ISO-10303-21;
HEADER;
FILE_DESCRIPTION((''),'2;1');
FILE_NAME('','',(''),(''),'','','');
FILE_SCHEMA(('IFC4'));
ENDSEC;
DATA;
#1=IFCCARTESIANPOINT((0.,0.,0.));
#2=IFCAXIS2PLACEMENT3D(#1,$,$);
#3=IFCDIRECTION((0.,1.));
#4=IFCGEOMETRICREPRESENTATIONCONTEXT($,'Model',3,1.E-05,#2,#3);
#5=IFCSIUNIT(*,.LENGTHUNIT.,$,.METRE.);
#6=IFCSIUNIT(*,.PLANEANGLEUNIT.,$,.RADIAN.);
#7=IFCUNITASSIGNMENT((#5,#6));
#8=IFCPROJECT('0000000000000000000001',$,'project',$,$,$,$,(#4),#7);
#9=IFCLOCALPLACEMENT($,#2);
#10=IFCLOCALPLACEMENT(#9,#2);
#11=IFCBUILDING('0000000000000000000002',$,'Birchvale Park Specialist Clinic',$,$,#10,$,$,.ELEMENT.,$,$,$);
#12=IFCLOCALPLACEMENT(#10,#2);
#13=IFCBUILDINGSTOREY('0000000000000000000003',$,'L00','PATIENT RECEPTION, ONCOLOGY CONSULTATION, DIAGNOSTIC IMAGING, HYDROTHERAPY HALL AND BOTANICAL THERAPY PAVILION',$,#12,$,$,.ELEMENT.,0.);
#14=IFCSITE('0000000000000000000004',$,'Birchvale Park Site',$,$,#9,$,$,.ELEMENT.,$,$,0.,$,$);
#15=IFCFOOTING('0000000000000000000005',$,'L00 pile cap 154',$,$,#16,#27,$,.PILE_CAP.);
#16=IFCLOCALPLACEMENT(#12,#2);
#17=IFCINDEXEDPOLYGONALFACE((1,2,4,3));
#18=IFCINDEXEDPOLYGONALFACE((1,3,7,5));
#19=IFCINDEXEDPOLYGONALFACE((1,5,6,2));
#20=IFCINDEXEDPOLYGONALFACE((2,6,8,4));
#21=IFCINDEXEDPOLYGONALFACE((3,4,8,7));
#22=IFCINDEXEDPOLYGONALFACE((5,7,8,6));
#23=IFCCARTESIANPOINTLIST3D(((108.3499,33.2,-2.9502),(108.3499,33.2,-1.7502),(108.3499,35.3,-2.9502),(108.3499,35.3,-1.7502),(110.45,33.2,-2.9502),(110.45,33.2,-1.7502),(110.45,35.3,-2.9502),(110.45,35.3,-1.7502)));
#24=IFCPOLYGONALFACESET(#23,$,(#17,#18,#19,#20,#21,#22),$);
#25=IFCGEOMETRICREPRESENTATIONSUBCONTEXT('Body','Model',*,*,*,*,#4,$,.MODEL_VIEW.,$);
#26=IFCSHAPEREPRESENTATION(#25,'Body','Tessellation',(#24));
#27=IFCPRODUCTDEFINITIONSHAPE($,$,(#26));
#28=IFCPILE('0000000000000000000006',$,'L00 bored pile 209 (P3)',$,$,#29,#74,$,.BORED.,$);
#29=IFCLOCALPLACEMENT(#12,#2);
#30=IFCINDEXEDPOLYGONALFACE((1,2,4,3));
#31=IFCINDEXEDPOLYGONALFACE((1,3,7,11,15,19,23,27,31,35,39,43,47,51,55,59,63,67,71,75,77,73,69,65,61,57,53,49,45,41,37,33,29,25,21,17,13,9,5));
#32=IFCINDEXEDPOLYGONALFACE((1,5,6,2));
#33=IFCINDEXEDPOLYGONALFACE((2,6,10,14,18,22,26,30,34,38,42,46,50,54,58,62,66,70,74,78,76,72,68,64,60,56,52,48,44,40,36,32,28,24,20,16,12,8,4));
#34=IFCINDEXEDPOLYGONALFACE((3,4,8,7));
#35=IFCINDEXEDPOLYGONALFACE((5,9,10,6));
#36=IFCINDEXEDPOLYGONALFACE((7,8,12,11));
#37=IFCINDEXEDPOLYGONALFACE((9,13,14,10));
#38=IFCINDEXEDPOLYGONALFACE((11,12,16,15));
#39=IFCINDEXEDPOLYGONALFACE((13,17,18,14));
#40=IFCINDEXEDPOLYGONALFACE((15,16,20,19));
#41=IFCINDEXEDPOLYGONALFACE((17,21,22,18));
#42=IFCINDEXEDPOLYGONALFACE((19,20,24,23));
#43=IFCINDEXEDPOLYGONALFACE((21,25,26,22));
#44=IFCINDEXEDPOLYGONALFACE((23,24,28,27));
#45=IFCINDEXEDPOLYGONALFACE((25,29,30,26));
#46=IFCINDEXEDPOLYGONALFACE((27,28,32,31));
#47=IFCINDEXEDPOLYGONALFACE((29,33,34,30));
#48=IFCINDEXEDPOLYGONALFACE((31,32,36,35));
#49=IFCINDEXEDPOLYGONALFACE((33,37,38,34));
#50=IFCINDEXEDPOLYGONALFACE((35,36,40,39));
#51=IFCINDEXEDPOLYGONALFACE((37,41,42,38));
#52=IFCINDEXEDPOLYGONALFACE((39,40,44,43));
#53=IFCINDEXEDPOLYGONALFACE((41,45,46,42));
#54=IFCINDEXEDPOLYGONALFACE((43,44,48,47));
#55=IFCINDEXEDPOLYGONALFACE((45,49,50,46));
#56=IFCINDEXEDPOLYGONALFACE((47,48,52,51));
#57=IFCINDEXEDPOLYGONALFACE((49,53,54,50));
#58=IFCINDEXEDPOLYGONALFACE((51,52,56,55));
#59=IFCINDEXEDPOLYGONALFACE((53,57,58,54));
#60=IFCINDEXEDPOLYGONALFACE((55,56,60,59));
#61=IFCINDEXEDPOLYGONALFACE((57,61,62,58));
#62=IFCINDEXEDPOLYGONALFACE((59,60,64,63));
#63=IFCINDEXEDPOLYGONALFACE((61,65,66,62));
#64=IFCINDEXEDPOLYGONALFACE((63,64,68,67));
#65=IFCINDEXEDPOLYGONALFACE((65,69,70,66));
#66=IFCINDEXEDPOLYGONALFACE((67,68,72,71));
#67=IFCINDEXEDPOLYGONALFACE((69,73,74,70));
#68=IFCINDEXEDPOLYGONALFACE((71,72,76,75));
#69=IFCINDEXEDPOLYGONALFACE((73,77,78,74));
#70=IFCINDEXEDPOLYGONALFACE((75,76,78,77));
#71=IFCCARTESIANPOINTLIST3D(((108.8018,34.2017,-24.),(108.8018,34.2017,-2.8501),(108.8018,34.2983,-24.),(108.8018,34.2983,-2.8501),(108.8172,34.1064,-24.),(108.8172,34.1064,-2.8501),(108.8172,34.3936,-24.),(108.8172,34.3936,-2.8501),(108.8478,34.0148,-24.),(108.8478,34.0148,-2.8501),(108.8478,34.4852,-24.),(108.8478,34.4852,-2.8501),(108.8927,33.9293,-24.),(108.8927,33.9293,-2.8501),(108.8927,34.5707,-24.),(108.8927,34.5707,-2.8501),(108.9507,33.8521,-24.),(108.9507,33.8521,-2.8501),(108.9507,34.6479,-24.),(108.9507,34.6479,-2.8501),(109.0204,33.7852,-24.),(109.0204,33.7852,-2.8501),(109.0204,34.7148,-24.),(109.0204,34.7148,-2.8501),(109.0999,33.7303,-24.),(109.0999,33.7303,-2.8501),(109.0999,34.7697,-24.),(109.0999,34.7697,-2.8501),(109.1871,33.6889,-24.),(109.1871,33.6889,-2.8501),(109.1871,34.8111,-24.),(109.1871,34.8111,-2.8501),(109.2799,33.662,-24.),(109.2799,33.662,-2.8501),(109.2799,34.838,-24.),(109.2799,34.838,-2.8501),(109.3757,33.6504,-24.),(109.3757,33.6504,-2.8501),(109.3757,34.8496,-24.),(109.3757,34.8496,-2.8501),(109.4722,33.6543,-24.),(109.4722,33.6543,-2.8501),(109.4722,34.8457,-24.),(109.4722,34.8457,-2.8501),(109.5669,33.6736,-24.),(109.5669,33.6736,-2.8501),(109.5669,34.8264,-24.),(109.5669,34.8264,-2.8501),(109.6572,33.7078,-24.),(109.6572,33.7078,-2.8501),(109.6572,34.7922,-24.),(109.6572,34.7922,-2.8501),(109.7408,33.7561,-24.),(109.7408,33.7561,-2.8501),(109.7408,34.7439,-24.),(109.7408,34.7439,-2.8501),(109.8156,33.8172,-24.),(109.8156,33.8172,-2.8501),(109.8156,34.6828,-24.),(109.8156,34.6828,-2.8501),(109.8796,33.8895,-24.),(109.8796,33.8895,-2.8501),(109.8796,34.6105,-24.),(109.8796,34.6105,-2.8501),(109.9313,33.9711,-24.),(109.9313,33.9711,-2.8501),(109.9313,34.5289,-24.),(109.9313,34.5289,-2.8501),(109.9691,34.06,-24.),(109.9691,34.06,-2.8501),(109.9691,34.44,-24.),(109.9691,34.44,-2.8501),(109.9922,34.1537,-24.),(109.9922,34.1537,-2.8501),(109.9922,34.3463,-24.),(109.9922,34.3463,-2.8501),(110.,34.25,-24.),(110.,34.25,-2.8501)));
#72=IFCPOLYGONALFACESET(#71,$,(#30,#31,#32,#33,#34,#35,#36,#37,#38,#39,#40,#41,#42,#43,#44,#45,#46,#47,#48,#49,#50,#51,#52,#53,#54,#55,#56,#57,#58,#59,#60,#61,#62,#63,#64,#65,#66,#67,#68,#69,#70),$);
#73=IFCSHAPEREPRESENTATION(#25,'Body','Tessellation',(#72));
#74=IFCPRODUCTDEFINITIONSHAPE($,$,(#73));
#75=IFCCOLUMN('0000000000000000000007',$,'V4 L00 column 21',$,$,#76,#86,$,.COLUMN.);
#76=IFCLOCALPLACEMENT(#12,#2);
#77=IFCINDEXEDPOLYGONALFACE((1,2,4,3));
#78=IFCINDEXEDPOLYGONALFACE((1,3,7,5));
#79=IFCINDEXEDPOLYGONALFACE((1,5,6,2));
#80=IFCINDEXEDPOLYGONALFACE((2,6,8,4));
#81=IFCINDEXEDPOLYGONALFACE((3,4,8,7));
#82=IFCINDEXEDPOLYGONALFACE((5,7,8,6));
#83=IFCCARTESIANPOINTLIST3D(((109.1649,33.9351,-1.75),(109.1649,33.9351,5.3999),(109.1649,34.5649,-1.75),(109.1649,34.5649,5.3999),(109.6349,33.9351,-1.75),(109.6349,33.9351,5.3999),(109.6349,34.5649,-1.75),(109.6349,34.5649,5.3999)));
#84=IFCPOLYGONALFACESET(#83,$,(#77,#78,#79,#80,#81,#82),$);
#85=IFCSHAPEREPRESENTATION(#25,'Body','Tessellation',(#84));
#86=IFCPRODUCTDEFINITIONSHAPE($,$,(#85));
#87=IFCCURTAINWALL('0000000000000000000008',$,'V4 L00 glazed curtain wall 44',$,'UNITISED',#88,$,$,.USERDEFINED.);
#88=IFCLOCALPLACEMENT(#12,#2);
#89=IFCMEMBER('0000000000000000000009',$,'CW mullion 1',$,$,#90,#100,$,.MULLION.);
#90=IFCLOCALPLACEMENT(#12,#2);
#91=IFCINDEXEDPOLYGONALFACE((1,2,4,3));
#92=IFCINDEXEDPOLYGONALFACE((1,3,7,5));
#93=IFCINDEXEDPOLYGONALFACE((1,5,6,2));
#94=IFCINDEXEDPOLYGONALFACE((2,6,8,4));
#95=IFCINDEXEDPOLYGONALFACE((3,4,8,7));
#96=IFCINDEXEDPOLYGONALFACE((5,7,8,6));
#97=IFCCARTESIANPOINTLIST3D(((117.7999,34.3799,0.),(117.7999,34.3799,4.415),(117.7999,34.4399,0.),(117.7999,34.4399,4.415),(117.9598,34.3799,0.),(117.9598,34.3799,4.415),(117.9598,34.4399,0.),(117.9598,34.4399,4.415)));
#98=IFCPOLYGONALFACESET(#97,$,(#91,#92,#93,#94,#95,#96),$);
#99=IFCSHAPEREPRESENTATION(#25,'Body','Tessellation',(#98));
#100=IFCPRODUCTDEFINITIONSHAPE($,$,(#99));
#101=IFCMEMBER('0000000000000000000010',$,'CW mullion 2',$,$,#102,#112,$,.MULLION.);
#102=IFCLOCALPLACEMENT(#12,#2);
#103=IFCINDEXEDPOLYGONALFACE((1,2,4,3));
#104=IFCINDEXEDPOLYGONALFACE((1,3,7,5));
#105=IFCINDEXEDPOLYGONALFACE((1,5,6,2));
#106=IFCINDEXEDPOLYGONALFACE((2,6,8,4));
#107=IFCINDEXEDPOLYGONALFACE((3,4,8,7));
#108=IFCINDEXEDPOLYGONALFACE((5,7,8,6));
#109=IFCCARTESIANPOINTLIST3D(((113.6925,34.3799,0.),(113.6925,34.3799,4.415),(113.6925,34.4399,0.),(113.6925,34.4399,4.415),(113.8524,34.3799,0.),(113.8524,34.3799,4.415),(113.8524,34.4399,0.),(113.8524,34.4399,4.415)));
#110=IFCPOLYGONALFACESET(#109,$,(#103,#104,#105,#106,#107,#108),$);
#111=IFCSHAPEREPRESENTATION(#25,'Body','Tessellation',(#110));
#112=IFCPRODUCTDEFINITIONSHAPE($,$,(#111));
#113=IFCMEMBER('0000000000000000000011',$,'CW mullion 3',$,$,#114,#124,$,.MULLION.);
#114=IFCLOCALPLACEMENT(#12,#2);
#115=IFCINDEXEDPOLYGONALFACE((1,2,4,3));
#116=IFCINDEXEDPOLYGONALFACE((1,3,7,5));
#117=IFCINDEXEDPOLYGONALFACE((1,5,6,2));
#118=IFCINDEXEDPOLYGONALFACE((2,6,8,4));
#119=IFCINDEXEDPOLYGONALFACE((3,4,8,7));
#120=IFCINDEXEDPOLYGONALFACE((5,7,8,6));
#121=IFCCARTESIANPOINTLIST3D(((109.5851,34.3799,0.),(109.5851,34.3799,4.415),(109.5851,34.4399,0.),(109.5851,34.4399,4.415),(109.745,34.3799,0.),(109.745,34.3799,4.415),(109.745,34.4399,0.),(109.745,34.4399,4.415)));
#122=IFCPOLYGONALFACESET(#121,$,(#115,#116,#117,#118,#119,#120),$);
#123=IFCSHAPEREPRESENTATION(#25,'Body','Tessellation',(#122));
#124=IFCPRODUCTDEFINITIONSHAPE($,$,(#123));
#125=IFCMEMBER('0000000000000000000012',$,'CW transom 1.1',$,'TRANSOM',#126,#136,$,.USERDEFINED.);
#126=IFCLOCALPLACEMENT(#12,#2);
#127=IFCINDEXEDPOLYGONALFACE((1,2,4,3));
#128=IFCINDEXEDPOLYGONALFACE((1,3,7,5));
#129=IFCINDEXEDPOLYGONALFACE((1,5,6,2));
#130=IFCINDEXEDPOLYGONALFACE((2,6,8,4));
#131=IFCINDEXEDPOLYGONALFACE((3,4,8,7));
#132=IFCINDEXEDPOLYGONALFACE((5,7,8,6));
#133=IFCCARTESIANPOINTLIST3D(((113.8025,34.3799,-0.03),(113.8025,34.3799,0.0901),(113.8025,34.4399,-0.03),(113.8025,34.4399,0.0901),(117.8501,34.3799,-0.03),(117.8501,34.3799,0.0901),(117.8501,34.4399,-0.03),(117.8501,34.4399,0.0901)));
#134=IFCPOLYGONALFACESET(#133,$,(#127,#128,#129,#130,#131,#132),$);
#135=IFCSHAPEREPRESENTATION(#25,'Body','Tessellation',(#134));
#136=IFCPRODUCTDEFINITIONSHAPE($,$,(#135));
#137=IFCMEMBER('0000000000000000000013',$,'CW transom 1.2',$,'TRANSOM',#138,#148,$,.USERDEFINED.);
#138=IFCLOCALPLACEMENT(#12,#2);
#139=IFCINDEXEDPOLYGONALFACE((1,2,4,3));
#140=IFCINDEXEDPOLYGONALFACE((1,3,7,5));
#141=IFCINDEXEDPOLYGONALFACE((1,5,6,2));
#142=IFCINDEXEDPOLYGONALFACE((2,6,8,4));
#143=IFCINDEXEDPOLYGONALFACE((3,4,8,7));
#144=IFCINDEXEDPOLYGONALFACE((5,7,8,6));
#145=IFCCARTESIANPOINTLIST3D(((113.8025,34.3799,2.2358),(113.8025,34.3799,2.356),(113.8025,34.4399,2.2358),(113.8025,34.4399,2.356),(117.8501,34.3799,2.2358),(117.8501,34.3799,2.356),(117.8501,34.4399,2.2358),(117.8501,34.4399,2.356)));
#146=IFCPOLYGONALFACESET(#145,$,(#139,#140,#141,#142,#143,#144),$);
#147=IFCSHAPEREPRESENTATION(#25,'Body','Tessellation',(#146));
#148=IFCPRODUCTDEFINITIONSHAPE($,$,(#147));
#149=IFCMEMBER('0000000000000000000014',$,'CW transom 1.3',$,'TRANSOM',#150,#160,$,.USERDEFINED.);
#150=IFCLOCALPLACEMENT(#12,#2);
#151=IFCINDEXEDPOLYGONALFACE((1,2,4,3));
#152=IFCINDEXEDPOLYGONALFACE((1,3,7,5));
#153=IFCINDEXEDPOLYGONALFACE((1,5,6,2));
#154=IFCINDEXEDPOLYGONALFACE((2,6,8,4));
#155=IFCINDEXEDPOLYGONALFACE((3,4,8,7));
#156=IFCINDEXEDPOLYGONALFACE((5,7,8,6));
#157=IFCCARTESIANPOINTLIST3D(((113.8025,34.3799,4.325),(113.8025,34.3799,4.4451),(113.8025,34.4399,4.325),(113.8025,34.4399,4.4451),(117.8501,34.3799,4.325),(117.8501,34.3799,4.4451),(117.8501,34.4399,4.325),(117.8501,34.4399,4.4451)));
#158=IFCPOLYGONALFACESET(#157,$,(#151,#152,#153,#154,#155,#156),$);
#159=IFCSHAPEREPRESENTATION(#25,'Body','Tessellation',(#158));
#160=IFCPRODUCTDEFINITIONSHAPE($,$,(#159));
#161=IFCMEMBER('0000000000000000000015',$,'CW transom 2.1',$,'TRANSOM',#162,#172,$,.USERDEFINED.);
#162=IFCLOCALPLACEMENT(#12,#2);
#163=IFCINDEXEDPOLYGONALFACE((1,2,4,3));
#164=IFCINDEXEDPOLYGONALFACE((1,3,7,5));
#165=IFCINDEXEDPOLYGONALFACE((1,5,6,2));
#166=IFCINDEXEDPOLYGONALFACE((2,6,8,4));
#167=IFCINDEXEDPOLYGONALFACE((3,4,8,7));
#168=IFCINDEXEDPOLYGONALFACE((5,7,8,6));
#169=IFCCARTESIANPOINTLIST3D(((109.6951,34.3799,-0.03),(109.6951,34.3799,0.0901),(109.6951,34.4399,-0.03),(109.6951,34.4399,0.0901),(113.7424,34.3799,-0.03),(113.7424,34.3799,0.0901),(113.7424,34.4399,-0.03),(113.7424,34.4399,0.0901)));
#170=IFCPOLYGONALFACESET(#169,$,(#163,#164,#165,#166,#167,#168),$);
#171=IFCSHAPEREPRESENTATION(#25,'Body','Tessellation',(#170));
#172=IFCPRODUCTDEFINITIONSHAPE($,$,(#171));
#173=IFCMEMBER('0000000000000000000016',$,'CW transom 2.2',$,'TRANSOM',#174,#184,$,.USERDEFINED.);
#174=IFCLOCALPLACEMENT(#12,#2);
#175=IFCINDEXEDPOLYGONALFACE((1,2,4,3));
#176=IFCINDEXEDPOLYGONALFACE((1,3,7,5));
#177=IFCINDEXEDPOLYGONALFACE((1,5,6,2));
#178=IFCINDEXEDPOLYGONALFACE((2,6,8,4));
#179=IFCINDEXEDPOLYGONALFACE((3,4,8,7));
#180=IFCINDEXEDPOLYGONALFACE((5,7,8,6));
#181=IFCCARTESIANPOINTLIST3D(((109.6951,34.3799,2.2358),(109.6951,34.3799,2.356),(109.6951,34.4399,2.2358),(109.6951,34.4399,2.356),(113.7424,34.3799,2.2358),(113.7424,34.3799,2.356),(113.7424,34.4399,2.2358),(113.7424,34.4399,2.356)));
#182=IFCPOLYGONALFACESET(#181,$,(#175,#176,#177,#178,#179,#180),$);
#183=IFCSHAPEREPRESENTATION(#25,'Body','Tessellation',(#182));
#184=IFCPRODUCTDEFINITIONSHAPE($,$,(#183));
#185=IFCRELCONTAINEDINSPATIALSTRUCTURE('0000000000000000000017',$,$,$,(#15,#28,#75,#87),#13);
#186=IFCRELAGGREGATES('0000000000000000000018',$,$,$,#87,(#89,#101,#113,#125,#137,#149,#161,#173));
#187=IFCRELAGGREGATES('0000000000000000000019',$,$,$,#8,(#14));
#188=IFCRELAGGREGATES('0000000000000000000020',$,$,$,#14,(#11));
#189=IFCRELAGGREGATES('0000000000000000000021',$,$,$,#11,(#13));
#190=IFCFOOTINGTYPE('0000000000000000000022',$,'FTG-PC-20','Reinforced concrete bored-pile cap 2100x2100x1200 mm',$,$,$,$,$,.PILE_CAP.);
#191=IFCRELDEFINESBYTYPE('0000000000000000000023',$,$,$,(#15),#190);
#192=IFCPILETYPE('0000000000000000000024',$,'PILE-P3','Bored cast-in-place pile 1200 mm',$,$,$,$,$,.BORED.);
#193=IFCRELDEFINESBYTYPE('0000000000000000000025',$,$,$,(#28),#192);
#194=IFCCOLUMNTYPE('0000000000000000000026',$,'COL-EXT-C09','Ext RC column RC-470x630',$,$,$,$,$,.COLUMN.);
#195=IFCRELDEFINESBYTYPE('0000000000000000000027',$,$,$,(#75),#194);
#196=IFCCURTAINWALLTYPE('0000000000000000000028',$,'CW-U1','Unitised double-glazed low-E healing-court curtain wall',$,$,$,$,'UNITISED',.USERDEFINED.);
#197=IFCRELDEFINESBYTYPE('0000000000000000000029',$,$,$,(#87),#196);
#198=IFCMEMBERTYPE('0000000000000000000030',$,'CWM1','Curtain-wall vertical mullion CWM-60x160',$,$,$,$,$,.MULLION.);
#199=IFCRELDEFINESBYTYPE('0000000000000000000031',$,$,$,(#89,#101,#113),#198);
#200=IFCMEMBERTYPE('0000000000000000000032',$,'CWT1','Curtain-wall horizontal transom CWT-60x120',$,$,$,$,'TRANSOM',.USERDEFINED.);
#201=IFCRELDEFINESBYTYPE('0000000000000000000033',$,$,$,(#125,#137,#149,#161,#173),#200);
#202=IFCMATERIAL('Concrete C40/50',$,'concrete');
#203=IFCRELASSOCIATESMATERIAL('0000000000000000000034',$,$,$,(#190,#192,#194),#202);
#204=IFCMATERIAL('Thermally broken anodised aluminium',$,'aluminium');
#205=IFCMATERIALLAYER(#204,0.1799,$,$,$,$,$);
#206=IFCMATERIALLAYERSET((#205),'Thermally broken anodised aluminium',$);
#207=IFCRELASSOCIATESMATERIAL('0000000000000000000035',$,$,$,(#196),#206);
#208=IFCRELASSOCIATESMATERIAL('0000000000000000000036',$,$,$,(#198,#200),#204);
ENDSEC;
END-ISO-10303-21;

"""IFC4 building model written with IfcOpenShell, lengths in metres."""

from ifc_helpers import new_model, si_unit, direction, frame, origin, origin_2d, place, context, subcontext, project, spatial, rectangle, circle, extrude, material, layer, layer_set, material_profile, profile_set, type_object, element, aggregate, save


model = new_model("IFC4")

# Units and contexts
model_context = context("Model", 3, precision=1e-05, world=origin(), true_north=direction((0.0, 1.0)))
body_context = subcontext(model_context, "Body", "Model", "MODEL_VIEW")
ifc_project = project(units=[si_unit("LENGTHUNIT", "METRE"), si_unit("PLANEANGLEUNIT", "RADIAN")], contexts=[model_context])

# Site, building, storey
site_placement = place(None, origin())
site = spatial("IfcSite", under=ifc_project, at=site_placement, Name="Birchvale Park Site", CompositionType="ELEMENT", RefElevation=0.0)
building_placement = place(site_placement, origin())
building = spatial("IfcBuilding", under=site, at=building_placement, Name="Birchvale Park Specialist Clinic", CompositionType="ELEMENT")
storey_placement = place(building_placement, origin())
storey = spatial("IfcBuildingStorey", under=building, at=storey_placement, Name="L00", Description="PATIENT RECEPTION, ONCOLOGY CONSULTATION, DIAGNOSTIC IMAGING, HYDROTHERAPY HALL AND BOTANICAL THERAPY PAVILION", CompositionType="ELEMENT", Elevation=0.0)

# Footing
ifc_material_1 = material(Name="Concrete C40/50", Category="concrete")
footing_type = type_object("IfcFootingType", Name="FTG-PC-20", Description="Reinforced concrete bored-pile cap 2100x2100x1200 mm", PredefinedType="PILE_CAP", material=ifc_material_1)
footing_placement = place(storey_placement, frame((109.3999, 34.25, -2.9502), z_axis=(0.0, 0.0, 1.0), x_axis=(1.0, 0.0, 0.0)))
element("IfcFooting", 1, at=footing_placement, inside=storey, type_object=footing_type, Name="L00 pile cap 154", PredefinedType="PILE_CAP", context=body_context, shape_type="SweptSolid", body=[
    extrude(rectangle(XDim=2.1001, YDim=2.1001, at=origin_2d()), origin(), (0.0, 0.0, 1.0), 1.2),
])

# Pile
ifc_material_profile_1 = material_profile(ifc_material_1, circle(Radius=0.6001, at=origin_2d()), Name="PILE-1200")
ifc_profile_set_1 = profile_set([ifc_material_profile_1], Name="Concrete C40/50")
pile_type = type_object("IfcPileType", Name="PILE-P3", Description="Bored cast-in-place pile 1200 mm", PredefinedType="BORED", material=ifc_profile_set_1)
pile_placement = place(storey_placement, frame((109.3999, 34.25, -2.8501), z_axis=(0.0, 0.0, -1.0), x_axis=(1.0, 0.0, 0.0)))
element("IfcPile", 2, at=pile_placement, inside=storey, type_object=pile_type, Name="L00 bored pile 209 (P3)", PredefinedType="BORED", context=body_context, shape_type="SweptSolid", body=[
    extrude(circle(Radius=0.6001, at=origin_2d()), origin(), (0.0, 0.0, 1.0), 21.1499),
])

# Column
ifc_material_profile_2 = material_profile(ifc_material_1, rectangle(XDim=0.47, YDim=0.6299, at=origin_2d()), Name="RC-470x630")
ifc_profile_set_2 = profile_set([ifc_material_profile_2], Name="Concrete C40/50")
column_type = type_object("IfcColumnType", Name="COL-EXT-C09", Description="Ext RC column RC-470x630", PredefinedType="COLUMN", material=ifc_profile_set_2)
column_placement = place(storey_placement, frame((109.3999, 34.25, -1.75), z_axis=(0.0, 0.0, 1.0), x_axis=(1.0, 0.0, 0.0)))
element("IfcColumn", 3, at=column_placement, inside=storey, type_object=column_type, Name="V4 L00 column 21", PredefinedType="COLUMN", context=body_context, shape_type="SweptSolid", body=[
    extrude(rectangle(XDim=0.47, YDim=0.6299, at=origin_2d()), origin(), (0.0, 0.0, 1.0), 7.1499),
])

# Curtain wall, members
ifc_material_2 = material(Name="Thermally broken anodised aluminium", Category="aluminium")
ifc_layer_1 = layer(ifc_material_2, 0.1799)
ifc_layer_set_1 = layer_set([ifc_layer_1], Name="Thermally broken anodised aluminium")
curtain_wall_type = type_object("IfcCurtainWallType", Name="CW-U1", Description="Unitised double-glazed low-E healing-court curtain wall", ElementType="UNITISED", PredefinedType="USERDEFINED", material=ifc_layer_set_1)
curtain_wall_placement = place(storey_placement, origin())
curtain_wall = element("IfcCurtainWall", 4, at=curtain_wall_placement, inside=storey, type_object=curtain_wall_type, Name="V4 L00 glazed curtain wall 44", ObjectType="UNITISED", PredefinedType="USERDEFINED")
ifc_material_profile_3 = material_profile(ifc_material_2, rectangle(XDim=0.0601, YDim=0.1599, at=origin_2d()), Name="CWM-60x160")
ifc_profile_set_3 = profile_set([ifc_material_profile_3], Name="Thermally broken anodised aluminium")
member_type_1 = type_object("IfcMemberType", Name="CWM1", Description="Curtain-wall vertical mullion CWM-60x160", PredefinedType="MULLION", material=ifc_profile_set_3)
member_1_placement = place(storey_placement, frame((117.8799, 34.4099, 0.0), z_axis=(0.0, 0.0, 1.0), x_axis=(0.0, -1.0, 0.0)))
member_1 = element("IfcMember", 5, at=member_1_placement, type_object=member_type_1, Name="CW mullion 1", PredefinedType="MULLION", context=body_context, shape_type="SweptSolid", body=[
    extrude(rectangle(XDim=0.0601, YDim=0.1599, at=origin_2d()), origin(), (0.0, 0.0, 1.0), 4.415),
])
member_2_placement = place(storey_placement, frame((113.7725, 34.4099, 0.0), z_axis=(0.0, 0.0, 1.0), x_axis=(0.0, -1.0, 0.0)))
member_2 = element("IfcMember", 6, at=member_2_placement, type_object=member_type_1, Name="CW mullion 2", PredefinedType="MULLION", context=body_context, shape_type="SweptSolid", body=[
    extrude(rectangle(XDim=0.0601, YDim=0.1599, at=origin_2d()), origin(), (0.0, 0.0, 1.0), 4.415),
])
member_3_placement = place(storey_placement, frame((109.665, 34.4099, 0.0), z_axis=(0.0, 0.0, 1.0), x_axis=(0.0, -1.0, 0.0)))
member_3 = element("IfcMember", 7, at=member_3_placement, type_object=member_type_1, Name="CW mullion 3", PredefinedType="MULLION", context=body_context, shape_type="SweptSolid", body=[
    extrude(rectangle(XDim=0.0601, YDim=0.1599, at=origin_2d()), origin(), (0.0, 0.0, 1.0), 4.415),
])
ifc_material_profile_4 = material_profile(ifc_material_2, rectangle(XDim=0.0601, YDim=0.1201, at=origin_2d()), Name="CWT-60x120")
ifc_profile_set_4 = profile_set([ifc_material_profile_4], Name="Thermally broken anodised aluminium")
member_type_2 = type_object("IfcMemberType", Name="CWT1", Description="Curtain-wall horizontal transom CWT-60x120", ElementType="TRANSOM", PredefinedType="USERDEFINED", material=ifc_profile_set_4)
member_4_placement = place(storey_placement, frame((117.8501, 34.4099, 0.03), z_axis=(-1.0, 0.0, 0.0), x_axis=(0.0, -1.0, 0.0)))
member_4 = element("IfcMember", 8, at=member_4_placement, type_object=member_type_2, Name="CW transom 1.1", ObjectType="TRANSOM", PredefinedType="USERDEFINED", context=body_context, shape_type="SweptSolid", body=[
    extrude(rectangle(XDim=0.0601, YDim=0.1201, at=origin_2d()), origin(), (0.0, 0.0, 1.0), 4.0476),
])
member_5_placement = place(storey_placement, frame((117.8501, 34.4099, 2.2959), z_axis=(-1.0, 0.0, 0.0), x_axis=(0.0, -1.0, 0.0)))
member_5 = element("IfcMember", 9, at=member_5_placement, type_object=member_type_2, Name="CW transom 1.2", ObjectType="TRANSOM", PredefinedType="USERDEFINED", context=body_context, shape_type="SweptSolid", body=[
    extrude(rectangle(XDim=0.0601, YDim=0.1201, at=origin_2d()), origin(), (0.0, 0.0, 1.0), 4.0476),
])
member_6_placement = place(storey_placement, frame((117.8501, 34.4099, 4.385), z_axis=(-1.0, 0.0, 0.0), x_axis=(0.0, -1.0, 0.0)))
member_6 = element("IfcMember", 10, at=member_6_placement, type_object=member_type_2, Name="CW transom 1.3", ObjectType="TRANSOM", PredefinedType="USERDEFINED", context=body_context, shape_type="SweptSolid", body=[
    extrude(rectangle(XDim=0.0601, YDim=0.1201, at=origin_2d()), origin(), (0.0, 0.0, 1.0), 4.0476),
])
member_7_placement = place(storey_placement, frame((113.7424, 34.4099, 0.03), z_axis=(-1.0, 0.0, 0.0), x_axis=(0.0, -1.0, 0.0)))
member_7 = element("IfcMember", 11, at=member_7_placement, type_object=member_type_2, Name="CW transom 2.1", ObjectType="TRANSOM", PredefinedType="USERDEFINED", context=body_context, shape_type="SweptSolid", body=[
    extrude(rectangle(XDim=0.0601, YDim=0.1201, at=origin_2d()), origin(), (0.0, 0.0, 1.0), 4.0474),
])
member_8_placement = place(storey_placement, frame((113.7424, 34.4099, 2.2959), z_axis=(-1.0, 0.0, 0.0), x_axis=(0.0, -1.0, 0.0)))
member_8 = element("IfcMember", 12, at=member_8_placement, type_object=member_type_2, Name="CW transom 2.2", ObjectType="TRANSOM", PredefinedType="USERDEFINED", context=body_context, shape_type="SweptSolid", body=[
    extrude(rectangle(XDim=0.0601, YDim=0.1201, at=origin_2d()), origin(), (0.0, 0.0, 1.0), 4.0474),
])
aggregate(curtain_wall, [member_1, member_2, member_3, member_4, member_5, member_6, member_7, member_8])

save(model, "model.ifc")
